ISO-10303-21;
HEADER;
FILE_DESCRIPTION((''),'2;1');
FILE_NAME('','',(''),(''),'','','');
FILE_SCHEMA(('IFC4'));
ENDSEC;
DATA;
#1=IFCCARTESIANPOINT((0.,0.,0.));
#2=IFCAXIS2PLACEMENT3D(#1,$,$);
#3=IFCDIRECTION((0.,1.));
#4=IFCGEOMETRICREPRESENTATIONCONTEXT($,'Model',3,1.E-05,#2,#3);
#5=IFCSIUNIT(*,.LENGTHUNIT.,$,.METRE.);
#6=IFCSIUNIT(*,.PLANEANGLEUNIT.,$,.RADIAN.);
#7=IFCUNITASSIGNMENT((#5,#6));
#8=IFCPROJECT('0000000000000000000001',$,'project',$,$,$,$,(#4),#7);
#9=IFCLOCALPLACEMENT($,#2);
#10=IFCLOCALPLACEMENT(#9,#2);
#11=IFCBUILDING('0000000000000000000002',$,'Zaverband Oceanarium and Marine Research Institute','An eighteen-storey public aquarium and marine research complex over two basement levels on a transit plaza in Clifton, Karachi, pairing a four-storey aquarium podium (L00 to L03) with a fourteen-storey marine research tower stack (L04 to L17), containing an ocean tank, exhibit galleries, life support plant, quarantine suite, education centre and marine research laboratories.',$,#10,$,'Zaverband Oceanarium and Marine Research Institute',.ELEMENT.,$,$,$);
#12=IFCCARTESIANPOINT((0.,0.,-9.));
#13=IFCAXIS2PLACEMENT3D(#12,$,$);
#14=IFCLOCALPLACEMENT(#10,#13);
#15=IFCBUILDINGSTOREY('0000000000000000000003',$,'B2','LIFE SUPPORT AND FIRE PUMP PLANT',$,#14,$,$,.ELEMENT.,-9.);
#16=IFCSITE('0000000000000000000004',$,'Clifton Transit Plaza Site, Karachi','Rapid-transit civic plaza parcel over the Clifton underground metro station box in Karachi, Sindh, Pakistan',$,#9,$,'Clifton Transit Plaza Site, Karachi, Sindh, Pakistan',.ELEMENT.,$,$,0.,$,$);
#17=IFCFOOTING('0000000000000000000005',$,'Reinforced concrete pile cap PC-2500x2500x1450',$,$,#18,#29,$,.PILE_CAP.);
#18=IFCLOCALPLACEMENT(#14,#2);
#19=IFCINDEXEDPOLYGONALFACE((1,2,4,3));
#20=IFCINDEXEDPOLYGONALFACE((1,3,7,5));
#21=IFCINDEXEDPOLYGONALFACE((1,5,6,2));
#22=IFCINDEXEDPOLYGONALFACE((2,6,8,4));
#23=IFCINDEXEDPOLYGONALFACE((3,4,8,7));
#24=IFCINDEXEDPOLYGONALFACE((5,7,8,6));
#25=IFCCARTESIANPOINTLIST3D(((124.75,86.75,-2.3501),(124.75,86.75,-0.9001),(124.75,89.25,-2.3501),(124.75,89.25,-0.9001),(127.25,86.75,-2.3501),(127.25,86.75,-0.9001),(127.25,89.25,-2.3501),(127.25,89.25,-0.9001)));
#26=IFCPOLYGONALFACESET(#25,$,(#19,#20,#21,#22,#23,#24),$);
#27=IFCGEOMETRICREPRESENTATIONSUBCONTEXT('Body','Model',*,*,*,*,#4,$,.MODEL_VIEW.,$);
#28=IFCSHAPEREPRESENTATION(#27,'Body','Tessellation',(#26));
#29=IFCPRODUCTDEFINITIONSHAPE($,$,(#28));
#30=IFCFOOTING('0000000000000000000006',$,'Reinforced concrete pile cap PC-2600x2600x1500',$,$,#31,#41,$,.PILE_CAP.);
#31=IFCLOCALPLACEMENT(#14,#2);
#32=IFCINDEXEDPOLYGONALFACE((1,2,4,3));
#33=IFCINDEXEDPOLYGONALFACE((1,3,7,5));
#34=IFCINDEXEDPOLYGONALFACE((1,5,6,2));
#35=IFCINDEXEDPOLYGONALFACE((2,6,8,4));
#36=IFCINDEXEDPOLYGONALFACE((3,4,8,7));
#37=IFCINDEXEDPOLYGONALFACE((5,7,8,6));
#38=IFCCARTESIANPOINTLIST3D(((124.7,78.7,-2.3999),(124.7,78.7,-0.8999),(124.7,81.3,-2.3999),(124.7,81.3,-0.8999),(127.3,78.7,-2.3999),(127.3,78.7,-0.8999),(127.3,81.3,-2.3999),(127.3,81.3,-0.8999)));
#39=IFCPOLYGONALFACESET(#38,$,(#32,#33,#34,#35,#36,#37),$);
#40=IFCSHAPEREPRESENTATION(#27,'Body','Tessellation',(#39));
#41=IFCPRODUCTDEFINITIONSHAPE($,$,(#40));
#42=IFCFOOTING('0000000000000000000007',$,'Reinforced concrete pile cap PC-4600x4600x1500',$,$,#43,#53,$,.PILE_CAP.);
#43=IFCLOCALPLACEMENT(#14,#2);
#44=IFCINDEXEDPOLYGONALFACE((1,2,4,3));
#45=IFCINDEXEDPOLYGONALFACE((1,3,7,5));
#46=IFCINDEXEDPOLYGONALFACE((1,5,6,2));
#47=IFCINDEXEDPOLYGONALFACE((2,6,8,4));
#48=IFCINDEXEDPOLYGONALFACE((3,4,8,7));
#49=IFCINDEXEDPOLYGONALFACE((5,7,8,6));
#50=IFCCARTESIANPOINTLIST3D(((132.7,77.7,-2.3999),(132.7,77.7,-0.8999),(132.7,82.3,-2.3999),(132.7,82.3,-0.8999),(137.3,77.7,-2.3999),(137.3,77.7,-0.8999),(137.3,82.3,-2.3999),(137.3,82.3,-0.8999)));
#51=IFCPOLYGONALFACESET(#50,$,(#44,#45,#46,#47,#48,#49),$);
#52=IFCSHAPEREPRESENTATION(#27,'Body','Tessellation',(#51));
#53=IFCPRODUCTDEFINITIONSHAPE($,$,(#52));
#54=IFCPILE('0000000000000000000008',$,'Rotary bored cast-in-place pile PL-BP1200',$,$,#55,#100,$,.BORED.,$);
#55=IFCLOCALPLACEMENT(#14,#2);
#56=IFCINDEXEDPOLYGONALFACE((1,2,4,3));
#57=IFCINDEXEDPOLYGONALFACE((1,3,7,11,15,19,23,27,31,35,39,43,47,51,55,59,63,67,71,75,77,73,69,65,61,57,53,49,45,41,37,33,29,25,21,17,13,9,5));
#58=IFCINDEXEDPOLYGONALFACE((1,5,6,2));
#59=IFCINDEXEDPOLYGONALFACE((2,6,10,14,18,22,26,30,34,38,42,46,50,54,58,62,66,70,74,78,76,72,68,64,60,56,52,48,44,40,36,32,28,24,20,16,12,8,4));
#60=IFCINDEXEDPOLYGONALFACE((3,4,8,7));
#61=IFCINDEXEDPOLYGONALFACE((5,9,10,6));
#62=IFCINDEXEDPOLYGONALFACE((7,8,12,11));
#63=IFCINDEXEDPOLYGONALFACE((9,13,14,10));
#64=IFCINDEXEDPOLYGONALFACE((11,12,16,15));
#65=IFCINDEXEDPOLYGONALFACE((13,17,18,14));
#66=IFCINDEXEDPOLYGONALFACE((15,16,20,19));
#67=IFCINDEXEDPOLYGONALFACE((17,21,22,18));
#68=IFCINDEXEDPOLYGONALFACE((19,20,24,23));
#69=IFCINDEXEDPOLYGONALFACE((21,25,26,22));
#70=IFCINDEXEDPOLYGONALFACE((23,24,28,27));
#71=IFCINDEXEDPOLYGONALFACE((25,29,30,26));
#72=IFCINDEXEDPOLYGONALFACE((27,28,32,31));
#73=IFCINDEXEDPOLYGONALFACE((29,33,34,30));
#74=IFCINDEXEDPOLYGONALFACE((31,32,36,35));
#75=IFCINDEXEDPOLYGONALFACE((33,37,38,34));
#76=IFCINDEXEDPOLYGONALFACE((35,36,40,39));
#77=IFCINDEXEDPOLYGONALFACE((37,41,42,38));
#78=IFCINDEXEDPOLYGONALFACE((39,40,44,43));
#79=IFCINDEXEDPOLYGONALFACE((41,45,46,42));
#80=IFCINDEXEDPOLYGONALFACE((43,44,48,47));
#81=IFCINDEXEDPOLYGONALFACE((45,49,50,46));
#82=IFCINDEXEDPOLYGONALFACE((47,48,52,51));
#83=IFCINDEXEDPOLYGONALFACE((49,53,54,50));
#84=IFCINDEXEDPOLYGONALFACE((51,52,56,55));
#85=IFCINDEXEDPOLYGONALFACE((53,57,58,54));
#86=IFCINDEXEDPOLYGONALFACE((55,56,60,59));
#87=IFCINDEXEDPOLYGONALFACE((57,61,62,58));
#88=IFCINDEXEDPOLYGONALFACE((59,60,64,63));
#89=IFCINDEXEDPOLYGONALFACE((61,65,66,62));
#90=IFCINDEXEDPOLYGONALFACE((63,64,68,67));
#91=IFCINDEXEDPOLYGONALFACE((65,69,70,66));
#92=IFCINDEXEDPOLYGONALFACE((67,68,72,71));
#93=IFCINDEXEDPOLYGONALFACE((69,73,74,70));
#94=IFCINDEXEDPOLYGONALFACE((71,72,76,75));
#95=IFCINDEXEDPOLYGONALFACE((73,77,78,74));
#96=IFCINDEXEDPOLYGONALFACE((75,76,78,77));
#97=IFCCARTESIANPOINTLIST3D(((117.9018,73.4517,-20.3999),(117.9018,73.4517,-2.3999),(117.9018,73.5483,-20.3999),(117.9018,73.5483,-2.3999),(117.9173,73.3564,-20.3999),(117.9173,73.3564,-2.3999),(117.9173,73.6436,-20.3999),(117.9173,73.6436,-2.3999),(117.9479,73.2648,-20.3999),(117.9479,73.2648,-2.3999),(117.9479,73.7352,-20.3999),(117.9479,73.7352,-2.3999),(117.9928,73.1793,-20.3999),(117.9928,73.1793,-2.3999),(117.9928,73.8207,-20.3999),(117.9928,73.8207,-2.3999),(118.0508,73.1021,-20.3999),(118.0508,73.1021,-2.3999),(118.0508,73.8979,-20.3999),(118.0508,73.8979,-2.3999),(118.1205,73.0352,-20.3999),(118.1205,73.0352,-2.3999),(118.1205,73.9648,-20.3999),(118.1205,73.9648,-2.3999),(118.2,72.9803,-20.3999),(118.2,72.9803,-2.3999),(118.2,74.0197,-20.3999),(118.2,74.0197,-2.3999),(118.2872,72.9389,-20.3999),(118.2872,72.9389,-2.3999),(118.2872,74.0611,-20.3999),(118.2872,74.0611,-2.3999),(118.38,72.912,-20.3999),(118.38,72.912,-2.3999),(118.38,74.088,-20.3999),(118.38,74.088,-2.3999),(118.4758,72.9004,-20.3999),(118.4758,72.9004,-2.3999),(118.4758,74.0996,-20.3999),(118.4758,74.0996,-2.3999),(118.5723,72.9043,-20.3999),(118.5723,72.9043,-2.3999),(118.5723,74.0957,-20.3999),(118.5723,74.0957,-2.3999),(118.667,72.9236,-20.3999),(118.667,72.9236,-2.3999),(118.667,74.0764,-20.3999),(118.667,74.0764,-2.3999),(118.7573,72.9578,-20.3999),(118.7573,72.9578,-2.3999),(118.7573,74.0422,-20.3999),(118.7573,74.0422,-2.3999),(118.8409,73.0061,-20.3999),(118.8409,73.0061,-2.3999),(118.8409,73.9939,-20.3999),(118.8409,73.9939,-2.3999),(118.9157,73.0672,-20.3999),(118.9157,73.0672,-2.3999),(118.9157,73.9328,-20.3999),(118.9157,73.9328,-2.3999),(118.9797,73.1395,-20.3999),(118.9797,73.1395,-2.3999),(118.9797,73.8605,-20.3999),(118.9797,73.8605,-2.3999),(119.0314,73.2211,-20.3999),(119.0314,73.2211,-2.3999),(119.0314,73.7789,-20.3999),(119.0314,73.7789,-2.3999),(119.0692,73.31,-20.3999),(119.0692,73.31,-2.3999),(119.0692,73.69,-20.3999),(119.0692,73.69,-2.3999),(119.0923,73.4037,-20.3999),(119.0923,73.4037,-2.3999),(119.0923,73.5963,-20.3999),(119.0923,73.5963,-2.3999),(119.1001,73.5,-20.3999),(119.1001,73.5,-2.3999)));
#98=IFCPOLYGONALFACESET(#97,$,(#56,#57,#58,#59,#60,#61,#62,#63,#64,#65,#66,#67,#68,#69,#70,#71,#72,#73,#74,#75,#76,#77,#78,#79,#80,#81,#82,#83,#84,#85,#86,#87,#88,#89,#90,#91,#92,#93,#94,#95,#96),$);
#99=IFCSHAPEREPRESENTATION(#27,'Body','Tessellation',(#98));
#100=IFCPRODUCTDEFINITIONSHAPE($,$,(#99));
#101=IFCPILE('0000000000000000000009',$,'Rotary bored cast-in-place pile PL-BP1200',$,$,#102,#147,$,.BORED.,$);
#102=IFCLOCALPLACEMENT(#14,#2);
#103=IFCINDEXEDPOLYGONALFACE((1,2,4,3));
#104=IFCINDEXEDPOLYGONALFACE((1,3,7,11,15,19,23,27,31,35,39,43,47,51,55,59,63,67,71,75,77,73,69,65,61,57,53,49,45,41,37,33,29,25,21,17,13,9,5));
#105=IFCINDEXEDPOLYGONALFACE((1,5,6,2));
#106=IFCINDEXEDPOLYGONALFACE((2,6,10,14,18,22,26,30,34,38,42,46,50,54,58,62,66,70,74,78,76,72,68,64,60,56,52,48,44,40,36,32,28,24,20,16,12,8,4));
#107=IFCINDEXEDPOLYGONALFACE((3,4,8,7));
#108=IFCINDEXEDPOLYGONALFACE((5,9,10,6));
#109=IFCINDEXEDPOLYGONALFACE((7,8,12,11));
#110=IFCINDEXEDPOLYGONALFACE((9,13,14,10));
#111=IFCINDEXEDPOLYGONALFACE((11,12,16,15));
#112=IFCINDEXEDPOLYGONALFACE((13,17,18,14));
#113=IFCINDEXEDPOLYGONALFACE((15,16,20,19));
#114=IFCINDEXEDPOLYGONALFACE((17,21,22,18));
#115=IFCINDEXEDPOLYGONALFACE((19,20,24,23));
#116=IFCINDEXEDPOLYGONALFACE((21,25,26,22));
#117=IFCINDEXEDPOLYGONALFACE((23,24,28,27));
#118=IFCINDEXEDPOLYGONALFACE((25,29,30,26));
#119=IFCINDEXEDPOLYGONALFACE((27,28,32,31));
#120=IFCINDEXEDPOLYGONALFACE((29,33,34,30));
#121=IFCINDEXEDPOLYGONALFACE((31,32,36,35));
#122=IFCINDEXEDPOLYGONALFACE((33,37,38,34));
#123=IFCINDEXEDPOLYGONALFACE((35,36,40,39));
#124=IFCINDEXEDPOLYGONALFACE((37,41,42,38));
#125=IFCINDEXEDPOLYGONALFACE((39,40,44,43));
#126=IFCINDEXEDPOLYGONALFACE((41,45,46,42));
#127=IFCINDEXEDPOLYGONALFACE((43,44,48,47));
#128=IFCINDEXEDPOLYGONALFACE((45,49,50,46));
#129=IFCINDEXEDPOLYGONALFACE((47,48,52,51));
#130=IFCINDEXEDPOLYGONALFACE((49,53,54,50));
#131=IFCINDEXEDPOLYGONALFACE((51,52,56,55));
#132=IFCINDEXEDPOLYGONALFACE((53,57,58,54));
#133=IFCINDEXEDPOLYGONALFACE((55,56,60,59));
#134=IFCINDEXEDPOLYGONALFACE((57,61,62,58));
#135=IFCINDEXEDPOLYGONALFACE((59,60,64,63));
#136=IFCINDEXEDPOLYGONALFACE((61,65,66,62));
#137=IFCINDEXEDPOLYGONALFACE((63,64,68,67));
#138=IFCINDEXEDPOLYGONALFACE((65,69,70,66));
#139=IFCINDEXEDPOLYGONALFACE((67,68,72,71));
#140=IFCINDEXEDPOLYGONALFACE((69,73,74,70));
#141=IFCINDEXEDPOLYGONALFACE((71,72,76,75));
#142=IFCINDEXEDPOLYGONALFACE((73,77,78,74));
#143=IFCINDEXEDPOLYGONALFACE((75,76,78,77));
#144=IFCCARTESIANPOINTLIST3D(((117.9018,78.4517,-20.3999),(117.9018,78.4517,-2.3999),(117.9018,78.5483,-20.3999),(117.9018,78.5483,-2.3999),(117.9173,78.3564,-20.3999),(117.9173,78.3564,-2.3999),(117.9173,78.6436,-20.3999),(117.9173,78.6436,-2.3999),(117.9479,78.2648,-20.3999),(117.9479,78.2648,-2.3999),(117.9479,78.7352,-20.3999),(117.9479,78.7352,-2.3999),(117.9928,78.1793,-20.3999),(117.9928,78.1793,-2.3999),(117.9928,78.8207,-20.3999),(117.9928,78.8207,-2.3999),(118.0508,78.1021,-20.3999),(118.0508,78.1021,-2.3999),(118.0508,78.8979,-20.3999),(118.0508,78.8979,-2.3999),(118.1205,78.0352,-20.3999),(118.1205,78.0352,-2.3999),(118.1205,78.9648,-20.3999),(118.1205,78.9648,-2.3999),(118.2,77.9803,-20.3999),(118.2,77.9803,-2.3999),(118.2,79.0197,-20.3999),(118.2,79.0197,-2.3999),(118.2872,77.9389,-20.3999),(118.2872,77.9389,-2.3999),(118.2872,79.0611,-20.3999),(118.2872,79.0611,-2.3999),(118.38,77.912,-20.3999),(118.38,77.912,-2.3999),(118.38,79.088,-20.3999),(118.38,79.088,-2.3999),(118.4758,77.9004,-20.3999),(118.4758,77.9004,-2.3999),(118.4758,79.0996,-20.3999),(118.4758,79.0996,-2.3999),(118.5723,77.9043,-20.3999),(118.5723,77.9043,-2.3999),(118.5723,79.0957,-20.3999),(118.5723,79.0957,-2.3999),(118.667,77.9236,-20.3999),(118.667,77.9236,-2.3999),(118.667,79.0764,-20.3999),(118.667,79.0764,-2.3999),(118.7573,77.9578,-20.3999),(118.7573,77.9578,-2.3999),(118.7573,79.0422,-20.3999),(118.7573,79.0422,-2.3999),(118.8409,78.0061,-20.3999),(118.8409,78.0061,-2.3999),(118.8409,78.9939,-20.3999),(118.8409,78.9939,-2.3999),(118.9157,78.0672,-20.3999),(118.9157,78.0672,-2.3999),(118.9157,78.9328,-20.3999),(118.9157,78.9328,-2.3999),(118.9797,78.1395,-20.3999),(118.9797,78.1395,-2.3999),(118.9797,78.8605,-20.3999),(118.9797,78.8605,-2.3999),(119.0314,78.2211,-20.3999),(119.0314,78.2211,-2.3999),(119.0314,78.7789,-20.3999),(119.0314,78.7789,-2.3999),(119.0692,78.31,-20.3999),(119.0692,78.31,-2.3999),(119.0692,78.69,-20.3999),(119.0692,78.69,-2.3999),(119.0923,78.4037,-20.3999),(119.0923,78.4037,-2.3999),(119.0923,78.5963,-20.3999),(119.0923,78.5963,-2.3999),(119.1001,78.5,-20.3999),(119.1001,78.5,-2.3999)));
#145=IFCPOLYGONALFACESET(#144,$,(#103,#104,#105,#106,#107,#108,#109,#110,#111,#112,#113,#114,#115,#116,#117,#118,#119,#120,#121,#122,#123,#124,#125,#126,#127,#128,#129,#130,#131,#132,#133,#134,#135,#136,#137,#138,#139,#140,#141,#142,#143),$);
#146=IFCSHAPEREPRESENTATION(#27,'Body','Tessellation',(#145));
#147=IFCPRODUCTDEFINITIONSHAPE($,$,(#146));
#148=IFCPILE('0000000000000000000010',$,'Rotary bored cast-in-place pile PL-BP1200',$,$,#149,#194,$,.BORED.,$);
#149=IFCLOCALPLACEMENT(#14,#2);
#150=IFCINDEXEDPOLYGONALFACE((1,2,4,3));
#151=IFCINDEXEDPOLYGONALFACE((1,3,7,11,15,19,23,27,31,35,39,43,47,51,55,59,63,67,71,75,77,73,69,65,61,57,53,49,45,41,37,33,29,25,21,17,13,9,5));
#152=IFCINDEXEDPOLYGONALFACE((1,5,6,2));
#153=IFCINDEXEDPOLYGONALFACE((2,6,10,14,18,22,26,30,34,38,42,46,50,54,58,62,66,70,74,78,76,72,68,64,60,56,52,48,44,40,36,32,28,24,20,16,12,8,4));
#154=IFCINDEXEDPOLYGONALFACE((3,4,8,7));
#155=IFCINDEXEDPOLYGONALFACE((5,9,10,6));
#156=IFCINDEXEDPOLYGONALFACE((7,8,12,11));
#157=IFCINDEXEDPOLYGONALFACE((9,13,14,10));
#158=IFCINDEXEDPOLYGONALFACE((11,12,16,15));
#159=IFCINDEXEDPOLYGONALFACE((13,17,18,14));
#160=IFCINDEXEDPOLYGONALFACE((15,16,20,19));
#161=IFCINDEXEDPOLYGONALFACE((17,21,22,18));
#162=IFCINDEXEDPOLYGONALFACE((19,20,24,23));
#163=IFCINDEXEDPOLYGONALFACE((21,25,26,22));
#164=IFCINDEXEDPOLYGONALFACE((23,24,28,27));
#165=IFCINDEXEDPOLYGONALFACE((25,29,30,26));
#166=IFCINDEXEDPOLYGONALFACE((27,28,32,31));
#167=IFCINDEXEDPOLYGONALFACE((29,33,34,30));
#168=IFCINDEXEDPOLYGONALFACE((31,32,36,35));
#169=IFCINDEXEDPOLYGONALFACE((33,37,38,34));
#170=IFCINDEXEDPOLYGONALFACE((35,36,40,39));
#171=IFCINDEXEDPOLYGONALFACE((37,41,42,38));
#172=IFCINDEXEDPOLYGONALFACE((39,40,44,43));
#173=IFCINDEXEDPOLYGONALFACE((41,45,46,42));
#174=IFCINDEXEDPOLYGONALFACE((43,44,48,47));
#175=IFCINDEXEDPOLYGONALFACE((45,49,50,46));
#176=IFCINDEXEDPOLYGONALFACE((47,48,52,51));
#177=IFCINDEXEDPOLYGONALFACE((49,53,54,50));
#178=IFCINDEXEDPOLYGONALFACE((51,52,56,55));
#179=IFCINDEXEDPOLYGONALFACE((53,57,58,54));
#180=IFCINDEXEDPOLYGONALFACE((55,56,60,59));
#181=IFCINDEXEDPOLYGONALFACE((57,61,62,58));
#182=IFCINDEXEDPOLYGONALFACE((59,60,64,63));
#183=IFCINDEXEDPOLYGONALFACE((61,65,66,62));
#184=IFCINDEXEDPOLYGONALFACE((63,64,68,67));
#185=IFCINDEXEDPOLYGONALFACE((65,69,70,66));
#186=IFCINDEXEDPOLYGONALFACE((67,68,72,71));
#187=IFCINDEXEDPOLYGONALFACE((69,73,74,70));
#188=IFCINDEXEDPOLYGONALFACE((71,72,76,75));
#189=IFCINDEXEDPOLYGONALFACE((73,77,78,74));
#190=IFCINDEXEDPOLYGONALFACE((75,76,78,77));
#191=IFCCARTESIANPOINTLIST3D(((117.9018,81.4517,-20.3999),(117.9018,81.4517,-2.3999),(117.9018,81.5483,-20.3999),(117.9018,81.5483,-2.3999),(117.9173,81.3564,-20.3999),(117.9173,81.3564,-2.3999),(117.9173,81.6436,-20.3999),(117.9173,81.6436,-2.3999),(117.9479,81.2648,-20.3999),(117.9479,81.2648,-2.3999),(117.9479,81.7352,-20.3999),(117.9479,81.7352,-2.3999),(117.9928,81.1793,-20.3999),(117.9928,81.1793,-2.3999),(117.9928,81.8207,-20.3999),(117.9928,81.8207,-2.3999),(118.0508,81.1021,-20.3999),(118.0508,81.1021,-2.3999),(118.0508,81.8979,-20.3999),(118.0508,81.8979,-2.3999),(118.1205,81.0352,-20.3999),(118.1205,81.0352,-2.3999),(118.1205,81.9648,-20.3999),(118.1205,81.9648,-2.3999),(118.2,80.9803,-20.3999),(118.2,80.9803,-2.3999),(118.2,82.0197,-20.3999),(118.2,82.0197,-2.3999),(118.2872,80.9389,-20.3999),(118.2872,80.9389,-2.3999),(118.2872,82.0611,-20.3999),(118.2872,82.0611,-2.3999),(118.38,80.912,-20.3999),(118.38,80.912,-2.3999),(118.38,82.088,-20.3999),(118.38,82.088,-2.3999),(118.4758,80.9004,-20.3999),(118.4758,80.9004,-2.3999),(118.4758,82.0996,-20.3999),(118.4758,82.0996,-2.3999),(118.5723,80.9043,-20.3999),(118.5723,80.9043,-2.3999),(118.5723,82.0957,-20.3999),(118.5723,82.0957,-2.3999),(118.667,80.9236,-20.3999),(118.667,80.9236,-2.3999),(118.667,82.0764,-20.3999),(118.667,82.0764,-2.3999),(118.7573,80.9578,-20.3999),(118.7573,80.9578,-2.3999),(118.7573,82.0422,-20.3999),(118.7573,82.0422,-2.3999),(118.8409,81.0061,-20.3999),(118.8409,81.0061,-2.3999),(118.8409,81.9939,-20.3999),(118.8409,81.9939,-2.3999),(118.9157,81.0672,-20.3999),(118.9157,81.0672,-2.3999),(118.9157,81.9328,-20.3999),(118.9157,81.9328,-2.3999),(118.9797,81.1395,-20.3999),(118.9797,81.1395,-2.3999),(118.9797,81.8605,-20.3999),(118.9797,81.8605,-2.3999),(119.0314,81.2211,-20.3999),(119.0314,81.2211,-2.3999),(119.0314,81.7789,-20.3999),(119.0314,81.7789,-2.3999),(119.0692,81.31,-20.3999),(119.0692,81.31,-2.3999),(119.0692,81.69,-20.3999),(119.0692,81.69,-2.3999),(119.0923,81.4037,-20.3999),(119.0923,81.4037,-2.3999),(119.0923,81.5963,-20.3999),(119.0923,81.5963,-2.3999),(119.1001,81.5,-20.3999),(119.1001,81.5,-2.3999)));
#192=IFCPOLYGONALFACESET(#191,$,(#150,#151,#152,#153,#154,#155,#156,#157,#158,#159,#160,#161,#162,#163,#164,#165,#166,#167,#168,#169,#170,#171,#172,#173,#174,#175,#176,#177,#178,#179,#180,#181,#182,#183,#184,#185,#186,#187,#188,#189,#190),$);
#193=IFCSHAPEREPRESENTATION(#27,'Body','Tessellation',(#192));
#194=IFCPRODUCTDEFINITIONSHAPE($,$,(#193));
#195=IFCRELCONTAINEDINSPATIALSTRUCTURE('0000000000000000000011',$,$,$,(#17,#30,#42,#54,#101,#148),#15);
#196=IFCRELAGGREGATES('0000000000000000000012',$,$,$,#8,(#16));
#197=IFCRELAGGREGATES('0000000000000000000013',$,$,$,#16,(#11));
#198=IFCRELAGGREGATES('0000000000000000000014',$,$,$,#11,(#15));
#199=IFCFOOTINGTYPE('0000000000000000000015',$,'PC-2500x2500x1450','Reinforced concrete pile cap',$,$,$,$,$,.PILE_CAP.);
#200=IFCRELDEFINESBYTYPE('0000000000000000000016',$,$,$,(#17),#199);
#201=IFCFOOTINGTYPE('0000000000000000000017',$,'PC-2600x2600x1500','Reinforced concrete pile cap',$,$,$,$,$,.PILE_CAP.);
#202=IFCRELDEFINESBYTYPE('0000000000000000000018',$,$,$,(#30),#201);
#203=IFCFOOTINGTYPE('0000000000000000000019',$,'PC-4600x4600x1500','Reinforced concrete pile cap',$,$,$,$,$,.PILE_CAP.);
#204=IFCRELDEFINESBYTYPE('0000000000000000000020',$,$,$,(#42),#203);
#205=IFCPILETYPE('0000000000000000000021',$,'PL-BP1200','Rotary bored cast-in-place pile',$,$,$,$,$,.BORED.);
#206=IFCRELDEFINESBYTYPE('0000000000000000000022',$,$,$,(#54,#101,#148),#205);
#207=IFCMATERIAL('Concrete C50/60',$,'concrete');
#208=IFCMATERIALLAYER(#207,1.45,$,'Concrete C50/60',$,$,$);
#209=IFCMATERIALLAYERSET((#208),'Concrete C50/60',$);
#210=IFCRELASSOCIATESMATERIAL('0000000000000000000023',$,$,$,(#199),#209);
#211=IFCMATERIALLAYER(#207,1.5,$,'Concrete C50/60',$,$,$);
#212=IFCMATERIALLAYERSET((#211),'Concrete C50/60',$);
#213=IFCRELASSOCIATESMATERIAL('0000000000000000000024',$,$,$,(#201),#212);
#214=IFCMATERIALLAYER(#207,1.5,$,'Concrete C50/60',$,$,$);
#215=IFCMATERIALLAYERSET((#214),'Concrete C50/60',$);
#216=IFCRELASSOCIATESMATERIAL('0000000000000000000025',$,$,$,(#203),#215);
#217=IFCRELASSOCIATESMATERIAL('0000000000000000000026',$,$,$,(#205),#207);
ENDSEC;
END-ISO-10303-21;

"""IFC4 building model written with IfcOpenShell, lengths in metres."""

from ifc_helpers import new_model, si_unit, direction, frame, origin, origin_2d, place, context, subcontext, project, spatial, rectangle, circle, extrude, material, layer, layer_set, material_profile, profile_set, type_object, element, save


model = new_model("IFC4")

# Units and contexts
model_context = context("Model", 3, precision=1e-05, world=origin(), true_north=direction((0.0, 1.0)))
body_context = subcontext(model_context, "Body", "Model", "MODEL_VIEW")
ifc_project = project(units=[si_unit("LENGTHUNIT", "METRE"), si_unit("PLANEANGLEUNIT", "RADIAN")], contexts=[model_context])

# Site, building, storey
site_placement = place(None, origin())
site = spatial("IfcSite", under=ifc_project, at=site_placement, Name="Clifton Transit Plaza Site, Karachi", Description="Rapid-transit civic plaza parcel over the Clifton underground metro station box in Karachi, Sindh, Pakistan", LongName="Clifton Transit Plaza Site, Karachi, Sindh, Pakistan", CompositionType="ELEMENT", RefElevation=0.0)
building_placement = place(site_placement, origin())
building = spatial("IfcBuilding", under=site, at=building_placement, Name="Zaverband Oceanarium and Marine Research Institute", Description="An eighteen-storey public aquarium and marine research complex over two basement levels on a transit plaza in Clifton, Karachi, pairing a four-storey aquarium podium (L00 to L03) with a fourteen-storey marine research tower stack (L04 to L17), containing an ocean tank, exhibit galleries, life support plant, quarantine suite, education centre and marine research laboratories.", LongName="Zaverband Oceanarium and Marine Research Institute", CompositionType="ELEMENT")
storey_placement = place(building_placement, frame((0.0, 0.0, -9.0)))
storey = spatial("IfcBuildingStorey", under=building, at=storey_placement, Name="B2", Description="LIFE SUPPORT AND FIRE PUMP PLANT", CompositionType="ELEMENT", Elevation=-9.0)

# Footings
ifc_material_1 = material(Name="Concrete C50/60", Category="concrete")
ifc_layer_1 = layer(ifc_material_1, 1.45, Name="Concrete C50/60")
ifc_layer_set_1 = layer_set([ifc_layer_1], Name="Concrete C50/60")
footing_type_1 = type_object("IfcFootingType", Name="PC-2500x2500x1450", Description="Reinforced concrete pile cap", PredefinedType="PILE_CAP", material=ifc_layer_set_1)
footing_1_placement = place(storey_placement, frame((126.0, 88.0, -2.3501), z_axis=(0.0, 0.0, 1.0), x_axis=(1.0, 0.0, 0.0)))
element("IfcFooting", 1, at=footing_1_placement, inside=storey, type_object=footing_type_1, Name="Reinforced concrete pile cap PC-2500x2500x1450", PredefinedType="PILE_CAP", context=body_context, shape_type="SweptSolid", body=[
    extrude(rectangle(XDim=2.5, YDim=2.5, at=origin_2d()), origin(), (0.0, 0.0, 1.0), 1.45),
])
ifc_layer_2 = layer(ifc_material_1, 1.5, Name="Concrete C50/60")
ifc_layer_set_2 = layer_set([ifc_layer_2], Name="Concrete C50/60")
footing_type_2 = type_object("IfcFootingType", Name="PC-2600x2600x1500", Description="Reinforced concrete pile cap", PredefinedType="PILE_CAP", material=ifc_layer_set_2)
footing_2_placement = place(storey_placement, frame((126.0, 80.0, -2.3999), z_axis=(0.0, 0.0, 1.0), x_axis=(1.0, 0.0, 0.0)))
element("IfcFooting", 2, at=footing_2_placement, inside=storey, type_object=footing_type_2, Name="Reinforced concrete pile cap PC-2600x2600x1500", PredefinedType="PILE_CAP", context=body_context, shape_type="SweptSolid", body=[
    extrude(rectangle(XDim=2.6001, YDim=2.6001, at=origin_2d()), origin(), (0.0, 0.0, 1.0), 1.5),
])
ifc_layer_3 = layer(ifc_material_1, 1.5, Name="Concrete C50/60")
ifc_layer_set_3 = layer_set([ifc_layer_3], Name="Concrete C50/60")
footing_type_3 = type_object("IfcFootingType", Name="PC-4600x4600x1500", Description="Reinforced concrete pile cap", PredefinedType="PILE_CAP", material=ifc_layer_set_3)
footing_3_placement = place(storey_placement, frame((135.0, 80.0, -2.3999), z_axis=(0.0, 0.0, 1.0), x_axis=(1.0, 0.0, 0.0)))
element("IfcFooting", 3, at=footing_3_placement, inside=storey, type_object=footing_type_3, Name="Reinforced concrete pile cap PC-4600x4600x1500", PredefinedType="PILE_CAP", context=body_context, shape_type="SweptSolid", body=[
    extrude(rectangle(XDim=4.6001, YDim=4.6001, at=origin_2d()), origin(), (0.0, 0.0, 1.0), 1.5),
])

# Piles
ifc_material_profile_1 = material_profile(ifc_material_1, circle(Radius=0.6001, at=origin_2d()), Name="BP1200")
ifc_profile_set_1 = profile_set([ifc_material_profile_1], Name="Concrete C50/60")
pile_type = type_object("IfcPileType", Name="PL-BP1200", Description="Rotary bored cast-in-place pile", PredefinedType="BORED", material=ifc_profile_set_1)
for number, where, z_axis, x_axis, name in (
    (4, (118.5, 73.5, -2.3999), (0.0, 0.0, -1.0), (1.0, 0.0, 0.0), "Rotary bored cast-in-place pile PL-BP1200"),
    (5, (118.5, 78.5, -2.3999), (0.0, 0.0, -1.0), (1.0, 0.0, 0.0), "Rotary bored cast-in-place pile PL-BP1200"),
    (6, (118.5, 81.5, -2.3999), (0.0, 0.0, -1.0), (1.0, 0.0, 0.0), "Rotary bored cast-in-place pile PL-BP1200"),
):
    element("IfcPile", number, at=place(storey_placement, frame(where, z_axis=z_axis, x_axis=x_axis)), inside=storey, type_object=pile_type, Name=name, PredefinedType="BORED", context=body_context, shape_type="SweptSolid", body=[
        extrude(circle(Radius=0.6001, at=origin_2d()), origin(), (0.0, 0.0, 1.0), 18.0),
    ])

save(model, "model.ifc")
